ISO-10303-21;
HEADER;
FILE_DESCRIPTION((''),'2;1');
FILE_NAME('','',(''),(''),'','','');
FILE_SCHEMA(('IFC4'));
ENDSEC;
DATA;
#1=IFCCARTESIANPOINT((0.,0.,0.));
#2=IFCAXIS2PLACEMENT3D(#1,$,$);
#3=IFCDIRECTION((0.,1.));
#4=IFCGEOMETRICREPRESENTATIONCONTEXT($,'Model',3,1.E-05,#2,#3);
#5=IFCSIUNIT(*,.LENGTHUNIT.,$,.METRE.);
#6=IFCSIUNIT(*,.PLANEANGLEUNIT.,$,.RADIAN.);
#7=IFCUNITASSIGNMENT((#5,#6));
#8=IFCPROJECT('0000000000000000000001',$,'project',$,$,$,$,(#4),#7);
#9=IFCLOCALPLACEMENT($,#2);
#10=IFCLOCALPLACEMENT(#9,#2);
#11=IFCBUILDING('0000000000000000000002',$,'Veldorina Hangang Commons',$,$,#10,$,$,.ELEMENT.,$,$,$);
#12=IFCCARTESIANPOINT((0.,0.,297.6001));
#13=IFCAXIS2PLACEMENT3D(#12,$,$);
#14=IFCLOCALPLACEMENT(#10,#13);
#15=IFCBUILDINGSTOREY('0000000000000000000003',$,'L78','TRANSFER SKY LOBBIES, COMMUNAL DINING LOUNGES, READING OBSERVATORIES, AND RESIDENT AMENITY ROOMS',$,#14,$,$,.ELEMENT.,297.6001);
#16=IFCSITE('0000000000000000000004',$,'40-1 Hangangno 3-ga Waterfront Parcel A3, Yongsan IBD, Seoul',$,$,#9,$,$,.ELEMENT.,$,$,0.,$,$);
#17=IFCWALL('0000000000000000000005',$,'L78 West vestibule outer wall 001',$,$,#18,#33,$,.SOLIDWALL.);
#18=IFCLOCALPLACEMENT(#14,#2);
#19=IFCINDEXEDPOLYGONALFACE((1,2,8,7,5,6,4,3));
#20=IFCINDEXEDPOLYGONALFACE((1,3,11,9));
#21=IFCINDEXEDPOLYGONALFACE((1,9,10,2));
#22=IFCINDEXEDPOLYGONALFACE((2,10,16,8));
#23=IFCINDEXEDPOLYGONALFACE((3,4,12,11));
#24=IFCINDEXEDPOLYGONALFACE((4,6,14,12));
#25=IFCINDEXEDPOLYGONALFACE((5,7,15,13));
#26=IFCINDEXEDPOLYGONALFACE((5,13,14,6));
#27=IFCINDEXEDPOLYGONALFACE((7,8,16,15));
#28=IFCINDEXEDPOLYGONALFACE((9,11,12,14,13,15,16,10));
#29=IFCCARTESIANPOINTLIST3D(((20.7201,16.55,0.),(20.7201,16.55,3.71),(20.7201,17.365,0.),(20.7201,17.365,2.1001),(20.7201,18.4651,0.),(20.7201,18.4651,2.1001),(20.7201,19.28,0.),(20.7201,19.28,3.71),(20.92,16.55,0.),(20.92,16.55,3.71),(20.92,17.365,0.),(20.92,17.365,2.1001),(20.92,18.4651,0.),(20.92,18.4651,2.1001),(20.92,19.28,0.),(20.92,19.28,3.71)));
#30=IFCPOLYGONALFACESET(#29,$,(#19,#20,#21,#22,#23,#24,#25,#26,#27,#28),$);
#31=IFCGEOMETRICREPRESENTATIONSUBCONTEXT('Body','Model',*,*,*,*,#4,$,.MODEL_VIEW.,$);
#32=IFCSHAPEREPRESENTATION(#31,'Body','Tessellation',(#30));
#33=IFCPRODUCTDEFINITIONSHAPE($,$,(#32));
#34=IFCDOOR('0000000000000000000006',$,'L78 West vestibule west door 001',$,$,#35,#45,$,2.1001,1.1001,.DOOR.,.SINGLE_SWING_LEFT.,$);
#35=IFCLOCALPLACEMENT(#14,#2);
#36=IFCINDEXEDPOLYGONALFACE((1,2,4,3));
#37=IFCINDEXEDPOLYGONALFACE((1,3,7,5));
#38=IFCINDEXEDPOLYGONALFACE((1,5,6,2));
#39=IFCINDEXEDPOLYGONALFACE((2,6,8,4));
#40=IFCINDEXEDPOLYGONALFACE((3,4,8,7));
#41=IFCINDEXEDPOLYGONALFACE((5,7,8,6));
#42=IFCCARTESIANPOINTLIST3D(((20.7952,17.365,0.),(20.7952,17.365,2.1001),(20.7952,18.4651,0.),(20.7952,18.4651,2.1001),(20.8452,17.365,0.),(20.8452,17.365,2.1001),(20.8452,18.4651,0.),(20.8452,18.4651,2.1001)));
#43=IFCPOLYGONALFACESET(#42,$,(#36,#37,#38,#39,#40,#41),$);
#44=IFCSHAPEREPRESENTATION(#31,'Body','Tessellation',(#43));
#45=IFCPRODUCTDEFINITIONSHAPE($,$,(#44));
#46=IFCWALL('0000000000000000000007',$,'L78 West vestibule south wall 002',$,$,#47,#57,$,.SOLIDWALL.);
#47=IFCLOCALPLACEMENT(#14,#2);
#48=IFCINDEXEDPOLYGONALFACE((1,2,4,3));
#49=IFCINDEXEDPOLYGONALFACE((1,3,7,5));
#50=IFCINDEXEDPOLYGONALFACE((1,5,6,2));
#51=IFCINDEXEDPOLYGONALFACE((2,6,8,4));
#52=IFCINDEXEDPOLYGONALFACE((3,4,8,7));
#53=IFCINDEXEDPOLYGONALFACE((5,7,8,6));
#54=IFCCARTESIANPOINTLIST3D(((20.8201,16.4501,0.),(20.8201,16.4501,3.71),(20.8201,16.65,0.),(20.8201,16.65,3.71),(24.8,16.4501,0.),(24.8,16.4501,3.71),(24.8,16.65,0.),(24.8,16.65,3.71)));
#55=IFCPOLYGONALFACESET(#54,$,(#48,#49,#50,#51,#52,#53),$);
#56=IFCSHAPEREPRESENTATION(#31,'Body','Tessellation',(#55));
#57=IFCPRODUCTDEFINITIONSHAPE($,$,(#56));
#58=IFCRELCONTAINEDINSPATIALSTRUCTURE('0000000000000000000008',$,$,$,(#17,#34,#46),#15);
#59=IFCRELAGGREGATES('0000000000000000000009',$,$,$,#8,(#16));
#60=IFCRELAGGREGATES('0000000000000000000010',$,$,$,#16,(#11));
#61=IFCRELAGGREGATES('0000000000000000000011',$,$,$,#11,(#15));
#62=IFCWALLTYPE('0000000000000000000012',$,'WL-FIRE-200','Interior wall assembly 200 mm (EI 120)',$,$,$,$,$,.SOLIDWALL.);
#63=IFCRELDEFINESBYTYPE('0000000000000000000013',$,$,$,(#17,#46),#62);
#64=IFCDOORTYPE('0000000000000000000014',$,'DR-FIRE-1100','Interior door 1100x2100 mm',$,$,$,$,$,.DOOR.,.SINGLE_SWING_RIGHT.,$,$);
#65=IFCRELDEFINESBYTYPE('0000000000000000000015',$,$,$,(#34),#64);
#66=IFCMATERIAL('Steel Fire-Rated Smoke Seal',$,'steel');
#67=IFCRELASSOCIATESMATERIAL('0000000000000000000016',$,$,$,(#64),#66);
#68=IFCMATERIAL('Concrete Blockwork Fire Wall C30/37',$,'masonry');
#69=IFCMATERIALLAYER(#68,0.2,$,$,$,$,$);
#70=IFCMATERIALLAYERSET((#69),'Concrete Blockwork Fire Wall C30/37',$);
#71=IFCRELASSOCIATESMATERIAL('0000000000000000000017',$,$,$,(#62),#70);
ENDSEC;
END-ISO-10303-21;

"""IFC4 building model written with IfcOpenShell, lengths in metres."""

from ifc_helpers import new_model, si_unit, direction, frame, frame_2d, origin, place, context, subcontext, project, spatial, rectangle, extrude, material, layer, layer_set, type_object, element, fill, save


model = new_model("IFC4")

# Units and contexts
model_context = context("Model", 3, precision=1e-05, world=origin(), true_north=direction((0.0, 1.0)))
body_context = subcontext(model_context, "Body", "Model", "MODEL_VIEW")
ifc_project = project(units=[si_unit("LENGTHUNIT", "METRE"), si_unit("PLANEANGLEUNIT", "RADIAN")], contexts=[model_context])

# Site, building, storey
site_placement = place(None, origin())
site = spatial("IfcSite", under=ifc_project, at=site_placement, Name="40-1 Hangangno 3-ga Waterfront Parcel A3, Yongsan IBD, Seoul", CompositionType="ELEMENT", RefElevation=0.0)
building_placement = place(site_placement, origin())
building = spatial("IfcBuilding", under=site, at=building_placement, Name="Veldorina Hangang Commons", CompositionType="ELEMENT")
storey_placement = place(building_placement, frame((0.0, 0.0, 297.6001)))
storey = spatial("IfcBuildingStorey", under=building, at=storey_placement, Name="L78", Description="TRANSFER SKY LOBBIES, COMMUNAL DINING LOUNGES, READING OBSERVATORIES, AND RESIDENT AMENITY ROOMS", CompositionType="ELEMENT", Elevation=297.6001)

# Shared definitions
ifc_material_1 = material(Name="Steel Fire-Rated Smoke Seal", Category="steel")
door_type = type_object("IfcDoorType", Name="DR-FIRE-1100", Description="Interior door 1100x2100 mm", OperationType="SINGLE_SWING_RIGHT", PredefinedType="DOOR", material=ifc_material_1)

# Wall, opening, door
ifc_material_2 = material(Name="Concrete Blockwork Fire Wall C30/37", Category="masonry")
ifc_layer_1 = layer(ifc_material_2, 0.2)
ifc_layer_set_1 = layer_set([ifc_layer_1], Name="Concrete Blockwork Fire Wall C30/37")
wall_type_1 = type_object("IfcWallType", Name="WL-FIRE-200", Description="Interior wall assembly 200 mm (EI 120)", PredefinedType="SOLIDWALL", material=ifc_layer_set_1)
wall_1_placement = place(storey_placement, frame((20.8201, 16.55, 0.0), z_axis=(0.0, 0.0, 1.0), x_axis=(0.0, 1.0, 0.0)))
wall_1 = element("IfcWall", 1, at=wall_1_placement, inside=storey, type_object=wall_type_1, Name="L78 West vestibule outer wall 001", PredefinedType="SOLIDWALL", context=body_context, shape_type="SweptSolid", body=[
    extrude(rectangle(XDim=2.73, YDim=0.2, at=frame_2d((1.365, 0.0))), origin(), (0.0, 0.0, 1.0), 3.71),
])
opening_1_placement = place(wall_1_placement, frame((0.8149, 0.0, 0.0)))
opening_1 = element("IfcOpeningElement", 2, at=opening_1_placement, cuts=wall_1, PredefinedType="OPENING", context=body_context, shape_type="SweptSolid", body=[
    extrude(rectangle(XDim=1.1001, YDim=2.1001, at=frame_2d((0.55, 1.05))), frame((0.0, 0.1099, 0.0), z_axis=(0.0, -1.0, 0.0), x_axis=(1.0, 0.0, 0.0)), (0.0, 0.0, 1.0), 0.22),
])
door_1_placement = place(opening_1_placement, origin())
door_1 = element("IfcDoor", 3, at=door_1_placement, inside=storey, type_object=door_type, Name="L78 West vestibule west door 001", OperationType="SINGLE_SWING_LEFT", OverallHeight=2.1001, OverallWidth=1.1001, PredefinedType="DOOR", context=body_context, shape_type="SweptSolid", body=[
    extrude(rectangle(XDim=1.1001, YDim=2.1001, at=frame_2d((0.55, 1.05))), frame((0.0, 0.0249, 0.0), z_axis=(0.0, -1.0, 0.0), x_axis=(1.0, 0.0, 0.0)), (0.0, 0.0, 1.0), 0.05),
])
fill(opening_1, door_1)

# Wall
wall_2_placement = place(storey_placement, frame((20.8201, 16.55, 0.0), z_axis=(0.0, 0.0, 1.0), x_axis=(1.0, 0.0, 0.0)))
element("IfcWall", 4, at=wall_2_placement, inside=storey, type_object=wall_type_1, Name="L78 West vestibule south wall 002", PredefinedType="SOLIDWALL", context=body_context, shape_type="SweptSolid", body=[
    extrude(rectangle(XDim=3.98, YDim=0.2, at=frame_2d((1.99, 0.0))), origin(), (0.0, 0.0, 1.0), 3.71),
])

save(model, "model.ifc")
